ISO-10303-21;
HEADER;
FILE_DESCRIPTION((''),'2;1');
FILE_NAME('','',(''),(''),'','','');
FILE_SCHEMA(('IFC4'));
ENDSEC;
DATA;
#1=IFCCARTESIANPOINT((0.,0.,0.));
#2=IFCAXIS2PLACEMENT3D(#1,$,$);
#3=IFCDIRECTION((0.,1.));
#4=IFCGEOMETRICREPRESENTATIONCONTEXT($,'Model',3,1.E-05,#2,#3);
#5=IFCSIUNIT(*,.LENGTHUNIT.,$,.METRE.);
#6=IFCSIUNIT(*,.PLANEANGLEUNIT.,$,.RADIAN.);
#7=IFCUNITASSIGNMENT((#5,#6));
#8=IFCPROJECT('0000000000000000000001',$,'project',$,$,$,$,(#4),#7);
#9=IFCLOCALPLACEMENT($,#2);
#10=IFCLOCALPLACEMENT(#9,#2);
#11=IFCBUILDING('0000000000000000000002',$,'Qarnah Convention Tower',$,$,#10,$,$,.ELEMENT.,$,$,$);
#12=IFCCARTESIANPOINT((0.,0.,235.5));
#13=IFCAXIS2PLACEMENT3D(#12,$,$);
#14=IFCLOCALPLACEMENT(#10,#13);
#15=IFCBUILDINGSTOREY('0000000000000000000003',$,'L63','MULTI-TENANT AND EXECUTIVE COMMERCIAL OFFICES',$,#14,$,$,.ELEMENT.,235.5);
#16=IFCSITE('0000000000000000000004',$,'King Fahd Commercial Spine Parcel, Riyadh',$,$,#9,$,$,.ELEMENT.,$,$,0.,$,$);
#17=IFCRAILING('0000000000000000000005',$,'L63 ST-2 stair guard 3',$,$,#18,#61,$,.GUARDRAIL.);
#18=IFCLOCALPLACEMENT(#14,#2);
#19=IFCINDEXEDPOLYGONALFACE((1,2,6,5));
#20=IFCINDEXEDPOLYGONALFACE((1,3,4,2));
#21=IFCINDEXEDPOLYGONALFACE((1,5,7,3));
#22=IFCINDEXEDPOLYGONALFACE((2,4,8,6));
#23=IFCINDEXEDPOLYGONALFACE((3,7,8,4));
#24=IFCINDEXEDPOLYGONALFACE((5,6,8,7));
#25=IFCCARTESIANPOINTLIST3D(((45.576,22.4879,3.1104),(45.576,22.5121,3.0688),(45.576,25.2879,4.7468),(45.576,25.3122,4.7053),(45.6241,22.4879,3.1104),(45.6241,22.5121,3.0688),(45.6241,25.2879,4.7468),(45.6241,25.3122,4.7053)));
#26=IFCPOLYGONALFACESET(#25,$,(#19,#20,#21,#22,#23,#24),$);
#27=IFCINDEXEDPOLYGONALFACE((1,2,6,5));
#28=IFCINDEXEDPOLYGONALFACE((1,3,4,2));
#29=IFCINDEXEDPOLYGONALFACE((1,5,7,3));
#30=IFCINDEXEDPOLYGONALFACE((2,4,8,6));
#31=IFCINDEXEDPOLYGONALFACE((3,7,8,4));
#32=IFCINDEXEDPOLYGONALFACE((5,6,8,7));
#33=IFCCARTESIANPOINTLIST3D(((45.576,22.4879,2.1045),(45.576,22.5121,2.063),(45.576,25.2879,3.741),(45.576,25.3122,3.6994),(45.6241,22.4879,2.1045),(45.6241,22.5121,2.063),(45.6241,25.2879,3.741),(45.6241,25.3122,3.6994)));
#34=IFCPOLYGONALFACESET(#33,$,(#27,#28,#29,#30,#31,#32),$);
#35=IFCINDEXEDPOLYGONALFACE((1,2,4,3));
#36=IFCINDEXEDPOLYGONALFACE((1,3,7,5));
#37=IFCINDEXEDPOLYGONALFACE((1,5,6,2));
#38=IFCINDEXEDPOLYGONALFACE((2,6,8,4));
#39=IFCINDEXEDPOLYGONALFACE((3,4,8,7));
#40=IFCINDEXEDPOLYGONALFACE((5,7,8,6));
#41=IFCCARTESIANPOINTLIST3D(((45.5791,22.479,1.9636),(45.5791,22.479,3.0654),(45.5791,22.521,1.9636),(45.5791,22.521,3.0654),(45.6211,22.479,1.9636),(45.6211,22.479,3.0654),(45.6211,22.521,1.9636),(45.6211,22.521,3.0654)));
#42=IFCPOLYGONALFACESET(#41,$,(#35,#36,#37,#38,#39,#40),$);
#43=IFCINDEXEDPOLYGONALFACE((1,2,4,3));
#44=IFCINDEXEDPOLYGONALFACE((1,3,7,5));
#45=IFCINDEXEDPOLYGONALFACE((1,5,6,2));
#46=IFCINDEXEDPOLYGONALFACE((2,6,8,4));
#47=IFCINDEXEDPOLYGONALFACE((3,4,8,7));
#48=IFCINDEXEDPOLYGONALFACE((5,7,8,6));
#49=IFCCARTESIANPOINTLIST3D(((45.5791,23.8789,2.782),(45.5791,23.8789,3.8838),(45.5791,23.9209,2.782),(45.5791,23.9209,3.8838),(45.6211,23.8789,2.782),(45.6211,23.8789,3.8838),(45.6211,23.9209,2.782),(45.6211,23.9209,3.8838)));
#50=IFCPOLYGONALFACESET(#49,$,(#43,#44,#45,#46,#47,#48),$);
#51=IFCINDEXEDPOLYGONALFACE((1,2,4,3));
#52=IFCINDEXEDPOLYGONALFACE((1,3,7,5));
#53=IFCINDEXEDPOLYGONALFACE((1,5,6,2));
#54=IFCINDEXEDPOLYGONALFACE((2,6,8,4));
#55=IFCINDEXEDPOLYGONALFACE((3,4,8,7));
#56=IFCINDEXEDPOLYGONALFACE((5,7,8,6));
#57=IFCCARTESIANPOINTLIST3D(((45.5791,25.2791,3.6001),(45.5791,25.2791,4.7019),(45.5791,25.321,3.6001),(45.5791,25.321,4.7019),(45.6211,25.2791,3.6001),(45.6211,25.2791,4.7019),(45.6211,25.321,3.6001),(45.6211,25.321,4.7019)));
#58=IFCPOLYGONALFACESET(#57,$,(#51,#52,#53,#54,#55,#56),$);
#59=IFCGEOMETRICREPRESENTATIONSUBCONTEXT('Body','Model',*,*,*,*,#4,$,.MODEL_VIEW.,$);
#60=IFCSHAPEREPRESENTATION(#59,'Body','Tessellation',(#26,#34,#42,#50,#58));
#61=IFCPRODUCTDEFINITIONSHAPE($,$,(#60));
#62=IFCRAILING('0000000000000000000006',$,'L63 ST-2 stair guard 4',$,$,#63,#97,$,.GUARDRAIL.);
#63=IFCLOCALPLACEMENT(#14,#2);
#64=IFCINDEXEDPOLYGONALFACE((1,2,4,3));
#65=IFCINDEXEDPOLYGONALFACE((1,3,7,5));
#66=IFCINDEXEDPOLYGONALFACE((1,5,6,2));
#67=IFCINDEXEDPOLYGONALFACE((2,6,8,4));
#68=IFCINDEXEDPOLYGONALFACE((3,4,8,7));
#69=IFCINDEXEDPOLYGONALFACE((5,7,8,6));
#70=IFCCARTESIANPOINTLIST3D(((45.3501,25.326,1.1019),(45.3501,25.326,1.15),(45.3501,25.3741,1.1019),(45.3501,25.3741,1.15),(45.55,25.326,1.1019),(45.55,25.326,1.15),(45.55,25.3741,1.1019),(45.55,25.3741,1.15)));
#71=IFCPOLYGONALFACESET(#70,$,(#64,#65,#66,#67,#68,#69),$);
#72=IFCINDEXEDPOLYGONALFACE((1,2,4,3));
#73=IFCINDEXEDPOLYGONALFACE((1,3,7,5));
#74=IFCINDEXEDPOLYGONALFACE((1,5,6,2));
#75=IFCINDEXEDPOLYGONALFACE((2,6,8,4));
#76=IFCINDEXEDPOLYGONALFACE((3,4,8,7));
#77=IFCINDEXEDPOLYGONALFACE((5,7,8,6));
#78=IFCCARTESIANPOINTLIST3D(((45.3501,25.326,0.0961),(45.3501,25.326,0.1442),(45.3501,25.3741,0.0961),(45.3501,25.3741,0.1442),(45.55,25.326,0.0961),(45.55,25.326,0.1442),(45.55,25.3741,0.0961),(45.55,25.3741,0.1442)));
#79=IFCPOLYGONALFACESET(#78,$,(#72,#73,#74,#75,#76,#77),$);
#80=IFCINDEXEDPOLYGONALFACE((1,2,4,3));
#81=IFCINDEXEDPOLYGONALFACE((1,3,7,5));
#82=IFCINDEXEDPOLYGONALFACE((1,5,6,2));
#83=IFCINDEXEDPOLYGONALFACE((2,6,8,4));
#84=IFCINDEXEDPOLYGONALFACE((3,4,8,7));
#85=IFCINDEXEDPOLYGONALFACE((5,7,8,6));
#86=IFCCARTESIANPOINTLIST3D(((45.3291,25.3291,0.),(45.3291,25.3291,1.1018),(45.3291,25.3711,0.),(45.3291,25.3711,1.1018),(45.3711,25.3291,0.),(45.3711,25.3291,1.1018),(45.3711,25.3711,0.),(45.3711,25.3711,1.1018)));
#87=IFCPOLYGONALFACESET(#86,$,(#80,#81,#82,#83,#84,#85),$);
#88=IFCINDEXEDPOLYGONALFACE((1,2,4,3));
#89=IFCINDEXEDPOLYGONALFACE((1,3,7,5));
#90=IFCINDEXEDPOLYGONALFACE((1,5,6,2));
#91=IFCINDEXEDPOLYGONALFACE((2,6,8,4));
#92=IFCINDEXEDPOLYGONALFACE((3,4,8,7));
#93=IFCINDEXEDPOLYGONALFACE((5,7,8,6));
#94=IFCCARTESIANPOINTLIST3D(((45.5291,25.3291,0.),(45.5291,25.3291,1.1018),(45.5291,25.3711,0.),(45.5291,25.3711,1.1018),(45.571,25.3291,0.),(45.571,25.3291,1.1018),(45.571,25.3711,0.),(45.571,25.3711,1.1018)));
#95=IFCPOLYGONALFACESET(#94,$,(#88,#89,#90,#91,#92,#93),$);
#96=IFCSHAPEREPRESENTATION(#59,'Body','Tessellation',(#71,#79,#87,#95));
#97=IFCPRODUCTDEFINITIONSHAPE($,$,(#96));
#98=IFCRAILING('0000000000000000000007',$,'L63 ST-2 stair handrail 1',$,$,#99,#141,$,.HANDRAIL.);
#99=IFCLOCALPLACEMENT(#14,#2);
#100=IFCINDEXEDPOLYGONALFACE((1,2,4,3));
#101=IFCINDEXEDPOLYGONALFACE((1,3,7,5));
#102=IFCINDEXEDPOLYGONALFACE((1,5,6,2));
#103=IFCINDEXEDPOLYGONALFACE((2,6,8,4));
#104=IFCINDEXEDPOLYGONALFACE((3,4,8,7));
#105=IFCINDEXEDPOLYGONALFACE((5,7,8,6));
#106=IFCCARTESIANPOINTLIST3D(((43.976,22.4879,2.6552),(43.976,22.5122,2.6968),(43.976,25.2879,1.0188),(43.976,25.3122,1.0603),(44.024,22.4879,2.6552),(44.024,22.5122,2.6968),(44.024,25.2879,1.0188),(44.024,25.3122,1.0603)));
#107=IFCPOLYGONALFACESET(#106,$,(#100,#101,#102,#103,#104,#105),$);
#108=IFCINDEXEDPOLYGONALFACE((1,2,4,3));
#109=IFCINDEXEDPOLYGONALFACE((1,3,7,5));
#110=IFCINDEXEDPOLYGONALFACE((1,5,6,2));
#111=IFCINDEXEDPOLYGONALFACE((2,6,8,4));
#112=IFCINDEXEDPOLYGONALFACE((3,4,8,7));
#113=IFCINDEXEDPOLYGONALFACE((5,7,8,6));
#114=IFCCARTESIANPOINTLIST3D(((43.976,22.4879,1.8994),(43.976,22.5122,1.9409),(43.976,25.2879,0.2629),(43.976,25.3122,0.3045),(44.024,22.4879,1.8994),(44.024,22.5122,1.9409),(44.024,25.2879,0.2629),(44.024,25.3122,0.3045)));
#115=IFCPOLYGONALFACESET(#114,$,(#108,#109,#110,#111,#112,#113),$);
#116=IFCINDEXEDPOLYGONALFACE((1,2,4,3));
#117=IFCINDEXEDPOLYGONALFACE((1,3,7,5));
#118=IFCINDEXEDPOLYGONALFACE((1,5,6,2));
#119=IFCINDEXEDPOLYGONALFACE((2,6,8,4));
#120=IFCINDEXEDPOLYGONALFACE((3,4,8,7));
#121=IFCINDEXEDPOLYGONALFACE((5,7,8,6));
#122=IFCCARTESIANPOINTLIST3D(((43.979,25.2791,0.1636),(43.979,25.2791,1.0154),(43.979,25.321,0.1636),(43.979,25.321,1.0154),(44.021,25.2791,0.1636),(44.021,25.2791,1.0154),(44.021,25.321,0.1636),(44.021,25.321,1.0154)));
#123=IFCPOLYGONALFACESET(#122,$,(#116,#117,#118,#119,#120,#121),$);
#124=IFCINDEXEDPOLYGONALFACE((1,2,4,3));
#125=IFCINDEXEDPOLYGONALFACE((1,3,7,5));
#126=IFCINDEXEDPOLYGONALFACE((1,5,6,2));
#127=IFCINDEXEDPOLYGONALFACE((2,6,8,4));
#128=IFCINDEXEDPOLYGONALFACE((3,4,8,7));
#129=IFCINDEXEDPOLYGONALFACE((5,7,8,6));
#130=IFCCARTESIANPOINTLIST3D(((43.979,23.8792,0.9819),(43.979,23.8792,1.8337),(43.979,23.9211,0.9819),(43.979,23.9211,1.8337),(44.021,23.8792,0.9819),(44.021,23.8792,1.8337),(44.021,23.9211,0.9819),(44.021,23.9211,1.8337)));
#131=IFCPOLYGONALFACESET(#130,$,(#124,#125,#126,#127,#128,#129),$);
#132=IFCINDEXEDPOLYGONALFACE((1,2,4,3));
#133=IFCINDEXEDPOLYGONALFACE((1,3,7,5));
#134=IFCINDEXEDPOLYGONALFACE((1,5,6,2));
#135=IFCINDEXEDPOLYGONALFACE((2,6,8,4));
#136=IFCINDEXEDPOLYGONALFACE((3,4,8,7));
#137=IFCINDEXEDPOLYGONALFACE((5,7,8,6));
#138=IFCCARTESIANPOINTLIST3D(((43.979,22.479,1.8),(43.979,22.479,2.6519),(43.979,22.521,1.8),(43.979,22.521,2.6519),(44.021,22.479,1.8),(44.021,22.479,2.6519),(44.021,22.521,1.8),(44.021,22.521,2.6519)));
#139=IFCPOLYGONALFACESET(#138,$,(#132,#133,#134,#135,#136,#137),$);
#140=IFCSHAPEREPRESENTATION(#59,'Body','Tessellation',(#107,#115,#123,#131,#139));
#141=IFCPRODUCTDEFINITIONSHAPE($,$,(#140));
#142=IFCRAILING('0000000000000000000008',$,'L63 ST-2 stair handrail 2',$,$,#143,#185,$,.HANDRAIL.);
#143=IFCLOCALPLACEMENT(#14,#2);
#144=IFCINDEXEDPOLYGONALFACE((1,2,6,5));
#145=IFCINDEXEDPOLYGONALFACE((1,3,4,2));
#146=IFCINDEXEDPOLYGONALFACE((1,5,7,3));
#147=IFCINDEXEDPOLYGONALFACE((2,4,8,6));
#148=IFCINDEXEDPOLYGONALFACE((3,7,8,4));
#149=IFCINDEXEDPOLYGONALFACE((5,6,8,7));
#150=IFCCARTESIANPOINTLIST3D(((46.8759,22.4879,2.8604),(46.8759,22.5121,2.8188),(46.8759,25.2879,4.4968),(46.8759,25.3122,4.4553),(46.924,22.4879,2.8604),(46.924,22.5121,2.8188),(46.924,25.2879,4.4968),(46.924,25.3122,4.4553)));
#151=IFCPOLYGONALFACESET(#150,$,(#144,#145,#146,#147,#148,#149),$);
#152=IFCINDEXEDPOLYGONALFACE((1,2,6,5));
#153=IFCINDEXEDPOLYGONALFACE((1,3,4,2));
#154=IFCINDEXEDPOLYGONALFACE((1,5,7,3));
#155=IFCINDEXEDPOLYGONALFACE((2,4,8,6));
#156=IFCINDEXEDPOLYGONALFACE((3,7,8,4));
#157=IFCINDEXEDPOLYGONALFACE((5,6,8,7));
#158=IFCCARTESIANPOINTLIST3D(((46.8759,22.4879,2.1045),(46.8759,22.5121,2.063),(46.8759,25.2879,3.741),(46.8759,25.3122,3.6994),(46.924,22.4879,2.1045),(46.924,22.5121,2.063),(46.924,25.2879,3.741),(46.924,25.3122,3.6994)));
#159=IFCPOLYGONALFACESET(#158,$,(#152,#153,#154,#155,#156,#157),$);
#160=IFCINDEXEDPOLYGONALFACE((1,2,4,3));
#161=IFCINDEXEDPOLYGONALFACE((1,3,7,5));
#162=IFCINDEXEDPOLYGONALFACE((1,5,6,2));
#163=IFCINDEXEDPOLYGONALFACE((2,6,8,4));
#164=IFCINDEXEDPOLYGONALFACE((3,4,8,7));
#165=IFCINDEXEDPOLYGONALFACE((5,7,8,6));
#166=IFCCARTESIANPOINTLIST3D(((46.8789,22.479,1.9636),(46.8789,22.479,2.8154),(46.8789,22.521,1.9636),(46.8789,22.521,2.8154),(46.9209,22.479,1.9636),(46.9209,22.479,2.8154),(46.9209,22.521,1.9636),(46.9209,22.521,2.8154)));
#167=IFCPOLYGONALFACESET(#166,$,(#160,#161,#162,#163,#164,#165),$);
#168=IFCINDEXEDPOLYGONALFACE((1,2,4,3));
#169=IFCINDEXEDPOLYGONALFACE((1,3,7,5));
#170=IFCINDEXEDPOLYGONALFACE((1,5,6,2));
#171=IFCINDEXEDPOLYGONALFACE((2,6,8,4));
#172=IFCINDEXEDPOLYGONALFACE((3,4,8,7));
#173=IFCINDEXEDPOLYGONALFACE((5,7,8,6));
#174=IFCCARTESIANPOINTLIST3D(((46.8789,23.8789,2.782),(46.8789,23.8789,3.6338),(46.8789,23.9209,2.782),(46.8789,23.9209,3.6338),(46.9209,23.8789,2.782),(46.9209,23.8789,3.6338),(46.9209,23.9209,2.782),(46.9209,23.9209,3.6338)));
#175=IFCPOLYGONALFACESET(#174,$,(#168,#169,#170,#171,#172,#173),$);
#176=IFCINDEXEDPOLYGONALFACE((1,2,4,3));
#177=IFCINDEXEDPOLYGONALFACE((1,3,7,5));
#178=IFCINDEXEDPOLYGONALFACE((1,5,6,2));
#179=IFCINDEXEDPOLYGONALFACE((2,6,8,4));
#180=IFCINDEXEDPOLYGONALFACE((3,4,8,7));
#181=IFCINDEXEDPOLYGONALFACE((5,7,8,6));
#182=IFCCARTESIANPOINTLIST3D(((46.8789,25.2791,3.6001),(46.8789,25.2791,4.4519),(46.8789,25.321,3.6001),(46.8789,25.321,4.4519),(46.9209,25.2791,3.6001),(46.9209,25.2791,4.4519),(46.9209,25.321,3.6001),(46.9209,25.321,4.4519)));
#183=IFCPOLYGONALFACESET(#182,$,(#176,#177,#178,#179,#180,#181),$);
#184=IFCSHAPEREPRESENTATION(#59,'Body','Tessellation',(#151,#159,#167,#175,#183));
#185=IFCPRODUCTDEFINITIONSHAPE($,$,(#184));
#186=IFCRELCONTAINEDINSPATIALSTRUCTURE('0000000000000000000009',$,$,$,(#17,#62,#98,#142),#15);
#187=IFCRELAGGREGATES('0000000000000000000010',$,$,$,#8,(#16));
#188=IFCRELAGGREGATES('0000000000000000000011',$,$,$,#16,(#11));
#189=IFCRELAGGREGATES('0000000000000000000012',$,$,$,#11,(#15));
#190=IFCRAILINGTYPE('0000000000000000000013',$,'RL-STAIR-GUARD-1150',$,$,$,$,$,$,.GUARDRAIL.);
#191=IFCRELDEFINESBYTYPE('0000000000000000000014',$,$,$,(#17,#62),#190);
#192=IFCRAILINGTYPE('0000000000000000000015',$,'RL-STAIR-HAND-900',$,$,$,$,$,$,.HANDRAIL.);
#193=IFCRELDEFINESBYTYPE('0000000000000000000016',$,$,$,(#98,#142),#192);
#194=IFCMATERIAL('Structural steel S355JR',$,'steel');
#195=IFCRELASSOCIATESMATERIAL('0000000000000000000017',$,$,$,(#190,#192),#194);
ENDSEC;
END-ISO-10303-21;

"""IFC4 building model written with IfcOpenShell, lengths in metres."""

from ifc_helpers import new_model, si_unit, direction, frame, origin, origin_2d, place, context, subcontext, project, spatial, rectangle, extrude, material, type_object, element, save


model = new_model("IFC4")

# Units and contexts
model_context = context("Model", 3, precision=1e-05, world=origin(), true_north=direction((0.0, 1.0)))
body_context = subcontext(model_context, "Body", "Model", "MODEL_VIEW")
ifc_project = project(units=[si_unit("LENGTHUNIT", "METRE"), si_unit("PLANEANGLEUNIT", "RADIAN")], contexts=[model_context])

# Site, building, storey
site_placement = place(None, origin())
site = spatial("IfcSite", under=ifc_project, at=site_placement, Name="King Fahd Commercial Spine Parcel, Riyadh", CompositionType="ELEMENT", RefElevation=0.0)
building_placement = place(site_placement, origin())
building = spatial("IfcBuilding", under=site, at=building_placement, Name="Qarnah Convention Tower", CompositionType="ELEMENT")
storey_placement = place(building_placement, frame((0.0, 0.0, 235.5)))
storey = spatial("IfcBuildingStorey", under=building, at=storey_placement, Name="L63", Description="MULTI-TENANT AND EXECUTIVE COMMERCIAL OFFICES", CompositionType="ELEMENT", Elevation=235.5)

# Shared definitions
ifc_material_1 = material(Name="Structural steel S355JR", Category="steel")

# Railings
railing_type_1 = type_object("IfcRailingType", Name="RL-STAIR-GUARD-1150", PredefinedType="GUARDRAIL", material=ifc_material_1)
railing_1_placement = place(storey_placement, frame((45.6001, 22.5, 1.9636)))
element("IfcRailing", 1, at=railing_1_placement, inside=storey, type_object=railing_type_1, Name="L63 ST-2 stair guard 3", PredefinedType="GUARDRAIL", context=body_context, shape_type="SweptSolid", body=[
    extrude(rectangle(XDim=0.0481, YDim=0.0481, at=origin_2d()), frame((0.0, 0.0, 1.126), z_axis=(0.0, 0.863361, 0.504587), x_axis=(-1.0, 0.0, 0.0)), (0.0, 0.0, 1.0), 3.2432),
    extrude(rectangle(XDim=0.0481, YDim=0.0481, at=origin_2d()), frame((0.0, 0.0, 0.1201), z_axis=(0.0, 0.863361, 0.504587), x_axis=(-1.0, 0.0, 0.0)), (0.0, 0.0, 1.0), 3.2432),
    extrude(rectangle(XDim=0.042, YDim=0.042, at=origin_2d()), origin(), (0.0, 0.0, 1.0), 1.1018),
    extrude(rectangle(XDim=0.042, YDim=0.042, at=origin_2d()), frame((0.0, 1.3999, 0.8184)), (0.0, 0.0, 1.0), 1.1018),
    extrude(rectangle(XDim=0.042, YDim=0.042, at=origin_2d()), frame((0.0, 2.8, 1.6365)), (0.0, 0.0, 1.0), 1.1018),
])
railing_2_placement = place(storey_placement, frame((45.3501, 25.3501, 0.0)))
element("IfcRailing", 2, at=railing_2_placement, inside=storey, type_object=railing_type_1, Name="L63 ST-2 stair guard 4", PredefinedType="GUARDRAIL", context=body_context, shape_type="SweptSolid", body=[
    extrude(rectangle(XDim=0.0481, YDim=0.0481, at=origin_2d()), frame((0.0, 0.0, 1.126), z_axis=(1.0, 0.0, 0.0), x_axis=(0.0, 1.0, 0.0)), (0.0, 0.0, 1.0), 0.2),
    extrude(rectangle(XDim=0.0481, YDim=0.0481, at=origin_2d()), frame((0.0, 0.0, 0.1201), z_axis=(1.0, 0.0, 0.0), x_axis=(0.0, 1.0, 0.0)), (0.0, 0.0, 1.0), 0.2),
    extrude(rectangle(XDim=0.042, YDim=0.042, at=origin_2d()), origin(), (0.0, 0.0, 1.0), 1.1018),
    extrude(rectangle(XDim=0.042, YDim=0.042, at=origin_2d()), frame((0.2, 0.0, 0.0)), (0.0, 0.0, 1.0), 1.1018),
])
railing_type_2 = type_object("IfcRailingType", Name="RL-STAIR-HAND-900", PredefinedType="HANDRAIL", material=ifc_material_1)
railing_3_placement = place(storey_placement, frame((44.0, 25.3, 0.1636)))
element("IfcRailing", 3, at=railing_3_placement, inside=storey, type_object=railing_type_2, Name="L63 ST-2 stair handrail 1", PredefinedType="HANDRAIL", context=body_context, shape_type="SweptSolid", body=[
    extrude(rectangle(XDim=0.0481, YDim=0.0481, at=origin_2d()), frame((0.0, 0.0, 0.876), z_axis=(0.0, -0.863361, 0.504587), x_axis=(1.0, 0.0, 0.0)), (0.0, 0.0, 1.0), 3.2432),
    extrude(rectangle(XDim=0.0481, YDim=0.0481, at=origin_2d()), frame((0.0, 0.0, 0.1201), z_axis=(0.0, -0.863361, 0.504587), x_axis=(1.0, 0.0, 0.0)), (0.0, 0.0, 1.0), 3.2432),
    extrude(rectangle(XDim=0.042, YDim=0.042, at=origin_2d()), origin(), (0.0, 0.0, 1.0), 0.8518),
    extrude(rectangle(XDim=0.042, YDim=0.042, at=origin_2d()), frame((0.0, -1.3999, 0.8184)), (0.0, 0.0, 1.0), 0.8518),
    extrude(rectangle(XDim=0.042, YDim=0.042, at=origin_2d()), frame((0.0, -2.8, 1.6365)), (0.0, 0.0, 1.0), 0.8518),
])
railing_4_placement = place(storey_placement, frame((46.8999, 22.5, 1.9636)))
element("IfcRailing", 4, at=railing_4_placement, inside=storey, type_object=railing_type_2, Name="L63 ST-2 stair handrail 2", PredefinedType="HANDRAIL", context=body_context, shape_type="SweptSolid", body=[
    extrude(rectangle(XDim=0.0481, YDim=0.0481, at=origin_2d()), frame((0.0, 0.0, 0.876), z_axis=(0.0, 0.863361, 0.504587), x_axis=(-1.0, 0.0, 0.0)), (0.0, 0.0, 1.0), 3.2432),
    extrude(rectangle(XDim=0.0481, YDim=0.0481, at=origin_2d()), frame((0.0, 0.0, 0.1201), z_axis=(0.0, 0.863361, 0.504587), x_axis=(-1.0, 0.0, 0.0)), (0.0, 0.0, 1.0), 3.2432),
    extrude(rectangle(XDim=0.042, YDim=0.042, at=origin_2d()), origin(), (0.0, 0.0, 1.0), 0.8518),
    extrude(rectangle(XDim=0.042, YDim=0.042, at=origin_2d()), frame((0.0, 1.3999, 0.8184)), (0.0, 0.0, 1.0), 0.8518),
    extrude(rectangle(XDim=0.042, YDim=0.042, at=origin_2d()), frame((0.0, 2.8, 1.6365)), (0.0, 0.0, 1.0), 0.8518),
])

save(model, "model.ifc")
